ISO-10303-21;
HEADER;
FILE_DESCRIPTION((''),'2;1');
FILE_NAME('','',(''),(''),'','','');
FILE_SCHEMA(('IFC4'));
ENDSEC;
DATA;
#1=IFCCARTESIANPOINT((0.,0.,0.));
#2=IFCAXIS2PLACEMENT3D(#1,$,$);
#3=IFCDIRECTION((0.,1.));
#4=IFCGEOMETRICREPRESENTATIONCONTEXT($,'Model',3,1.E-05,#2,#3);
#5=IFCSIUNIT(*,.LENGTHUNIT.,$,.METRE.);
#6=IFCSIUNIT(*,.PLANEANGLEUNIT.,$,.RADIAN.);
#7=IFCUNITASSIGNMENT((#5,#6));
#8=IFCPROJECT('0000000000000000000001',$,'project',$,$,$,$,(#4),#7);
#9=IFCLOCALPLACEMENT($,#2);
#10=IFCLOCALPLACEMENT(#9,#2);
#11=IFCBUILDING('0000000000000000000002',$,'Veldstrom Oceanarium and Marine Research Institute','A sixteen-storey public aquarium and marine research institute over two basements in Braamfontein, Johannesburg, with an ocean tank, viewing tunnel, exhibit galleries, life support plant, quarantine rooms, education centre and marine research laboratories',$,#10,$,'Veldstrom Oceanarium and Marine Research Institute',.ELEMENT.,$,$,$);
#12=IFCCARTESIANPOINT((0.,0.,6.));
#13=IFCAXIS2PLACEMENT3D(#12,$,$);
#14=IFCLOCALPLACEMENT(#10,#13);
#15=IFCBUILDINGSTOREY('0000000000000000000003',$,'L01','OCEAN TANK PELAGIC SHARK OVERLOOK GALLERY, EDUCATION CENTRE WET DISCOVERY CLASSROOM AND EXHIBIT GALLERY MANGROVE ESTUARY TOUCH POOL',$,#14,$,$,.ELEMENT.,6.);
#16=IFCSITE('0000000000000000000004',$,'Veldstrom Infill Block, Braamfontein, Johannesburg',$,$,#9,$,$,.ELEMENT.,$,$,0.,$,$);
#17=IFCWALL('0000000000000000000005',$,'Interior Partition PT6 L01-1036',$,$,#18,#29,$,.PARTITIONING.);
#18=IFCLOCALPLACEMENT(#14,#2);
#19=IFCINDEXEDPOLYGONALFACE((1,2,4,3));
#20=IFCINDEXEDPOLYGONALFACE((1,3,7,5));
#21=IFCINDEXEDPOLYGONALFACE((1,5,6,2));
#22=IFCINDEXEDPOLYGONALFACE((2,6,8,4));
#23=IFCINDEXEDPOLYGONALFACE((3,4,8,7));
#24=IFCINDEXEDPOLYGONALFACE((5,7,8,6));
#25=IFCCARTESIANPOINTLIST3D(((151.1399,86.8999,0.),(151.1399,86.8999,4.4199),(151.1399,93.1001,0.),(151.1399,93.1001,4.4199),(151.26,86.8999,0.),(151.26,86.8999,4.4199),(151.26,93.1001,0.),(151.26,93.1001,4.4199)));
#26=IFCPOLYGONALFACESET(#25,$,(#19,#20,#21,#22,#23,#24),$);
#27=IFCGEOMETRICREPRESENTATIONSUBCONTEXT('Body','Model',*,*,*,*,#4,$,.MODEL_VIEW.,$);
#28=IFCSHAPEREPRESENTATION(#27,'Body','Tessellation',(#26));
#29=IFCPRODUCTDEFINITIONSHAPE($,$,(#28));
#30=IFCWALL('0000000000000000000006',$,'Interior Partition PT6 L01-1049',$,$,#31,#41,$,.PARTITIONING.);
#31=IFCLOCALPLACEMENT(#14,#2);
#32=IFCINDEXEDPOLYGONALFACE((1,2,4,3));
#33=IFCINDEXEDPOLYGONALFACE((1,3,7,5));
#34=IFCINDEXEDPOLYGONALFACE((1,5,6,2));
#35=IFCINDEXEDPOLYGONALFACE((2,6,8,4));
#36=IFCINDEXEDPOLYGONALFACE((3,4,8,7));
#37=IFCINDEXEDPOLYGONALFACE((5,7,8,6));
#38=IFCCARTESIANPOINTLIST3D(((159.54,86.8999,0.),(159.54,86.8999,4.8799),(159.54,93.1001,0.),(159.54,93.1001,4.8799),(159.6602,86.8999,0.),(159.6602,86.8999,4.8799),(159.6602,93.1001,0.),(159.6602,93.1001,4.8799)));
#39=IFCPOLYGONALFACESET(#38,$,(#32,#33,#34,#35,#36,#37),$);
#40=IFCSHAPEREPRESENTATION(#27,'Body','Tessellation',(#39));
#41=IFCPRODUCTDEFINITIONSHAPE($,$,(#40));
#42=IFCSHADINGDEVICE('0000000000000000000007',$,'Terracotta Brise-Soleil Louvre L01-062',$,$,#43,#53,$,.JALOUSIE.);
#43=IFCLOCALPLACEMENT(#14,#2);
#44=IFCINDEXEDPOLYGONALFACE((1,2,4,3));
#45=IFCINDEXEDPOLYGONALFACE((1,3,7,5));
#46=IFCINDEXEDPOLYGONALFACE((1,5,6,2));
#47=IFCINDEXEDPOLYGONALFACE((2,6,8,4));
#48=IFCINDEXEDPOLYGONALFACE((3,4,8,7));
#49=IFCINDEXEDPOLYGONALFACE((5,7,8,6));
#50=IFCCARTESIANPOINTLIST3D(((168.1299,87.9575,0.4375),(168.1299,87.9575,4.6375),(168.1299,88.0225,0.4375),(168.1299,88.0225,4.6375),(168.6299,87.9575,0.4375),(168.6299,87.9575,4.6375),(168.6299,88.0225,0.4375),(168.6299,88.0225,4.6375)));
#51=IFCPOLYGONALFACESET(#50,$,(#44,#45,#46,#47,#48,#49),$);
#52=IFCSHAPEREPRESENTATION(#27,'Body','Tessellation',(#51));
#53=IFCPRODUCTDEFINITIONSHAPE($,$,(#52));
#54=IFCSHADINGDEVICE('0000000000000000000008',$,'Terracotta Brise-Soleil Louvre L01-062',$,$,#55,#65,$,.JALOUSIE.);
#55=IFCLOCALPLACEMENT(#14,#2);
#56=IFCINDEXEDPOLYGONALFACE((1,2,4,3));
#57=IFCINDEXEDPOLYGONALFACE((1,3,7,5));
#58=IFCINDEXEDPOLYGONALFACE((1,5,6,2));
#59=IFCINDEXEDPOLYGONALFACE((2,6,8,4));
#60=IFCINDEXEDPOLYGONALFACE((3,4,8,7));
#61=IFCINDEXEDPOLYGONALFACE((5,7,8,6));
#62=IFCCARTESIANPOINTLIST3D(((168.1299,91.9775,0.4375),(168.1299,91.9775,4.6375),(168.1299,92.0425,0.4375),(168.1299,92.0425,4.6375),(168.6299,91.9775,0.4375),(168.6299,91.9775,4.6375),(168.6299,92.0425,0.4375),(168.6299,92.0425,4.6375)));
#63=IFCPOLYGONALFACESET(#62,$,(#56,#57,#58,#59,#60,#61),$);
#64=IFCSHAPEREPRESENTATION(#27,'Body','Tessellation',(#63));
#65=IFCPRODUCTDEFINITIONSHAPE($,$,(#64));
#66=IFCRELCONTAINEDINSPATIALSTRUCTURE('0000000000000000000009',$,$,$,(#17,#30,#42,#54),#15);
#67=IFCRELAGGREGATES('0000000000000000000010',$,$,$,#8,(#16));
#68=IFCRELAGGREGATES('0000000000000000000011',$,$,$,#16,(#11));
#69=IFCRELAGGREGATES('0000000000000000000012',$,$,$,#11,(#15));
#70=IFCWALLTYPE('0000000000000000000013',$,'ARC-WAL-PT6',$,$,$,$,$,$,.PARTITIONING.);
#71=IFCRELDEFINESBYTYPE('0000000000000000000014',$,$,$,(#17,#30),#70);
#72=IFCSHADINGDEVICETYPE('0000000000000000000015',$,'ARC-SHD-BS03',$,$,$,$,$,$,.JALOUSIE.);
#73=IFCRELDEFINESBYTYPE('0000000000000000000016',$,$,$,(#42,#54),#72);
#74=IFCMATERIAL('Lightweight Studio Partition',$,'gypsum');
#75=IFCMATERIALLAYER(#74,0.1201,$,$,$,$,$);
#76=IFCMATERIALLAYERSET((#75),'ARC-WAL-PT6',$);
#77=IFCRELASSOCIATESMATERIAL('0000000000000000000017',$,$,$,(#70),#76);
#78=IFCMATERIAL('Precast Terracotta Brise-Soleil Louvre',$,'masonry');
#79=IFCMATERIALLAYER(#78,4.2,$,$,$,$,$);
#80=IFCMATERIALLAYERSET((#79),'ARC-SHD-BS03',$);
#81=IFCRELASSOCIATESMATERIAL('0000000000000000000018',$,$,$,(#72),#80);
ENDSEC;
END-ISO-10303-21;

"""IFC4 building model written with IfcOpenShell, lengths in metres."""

from ifc_helpers import new_model, si_unit, direction, frame, frame_2d, origin, origin_2d, place, context, subcontext, project, spatial, rectangle, extrude, material, layer, layer_set, type_object, element, save


model = new_model("IFC4")

# Units and contexts
model_context = context("Model", 3, precision=1e-05, world=origin(), true_north=direction((0.0, 1.0)))
body_context = subcontext(model_context, "Body", "Model", "MODEL_VIEW")
ifc_project = project(units=[si_unit("LENGTHUNIT", "METRE"), si_unit("PLANEANGLEUNIT", "RADIAN")], contexts=[model_context])

# Site, building, storey
site_placement = place(None, origin())
site = spatial("IfcSite", under=ifc_project, at=site_placement, Name="Veldstrom Infill Block, Braamfontein, Johannesburg", CompositionType="ELEMENT", RefElevation=0.0)
building_placement = place(site_placement, origin())
building = spatial("IfcBuilding", under=site, at=building_placement, Name="Veldstrom Oceanarium and Marine Research Institute", Description="A sixteen-storey public aquarium and marine research institute over two basements in Braamfontein, Johannesburg, with an ocean tank, viewing tunnel, exhibit galleries, life support plant, quarantine rooms, education centre and marine research laboratories", LongName="Veldstrom Oceanarium and Marine Research Institute", CompositionType="ELEMENT")
storey_placement = place(building_placement, frame((0.0, 0.0, 6.0)))
storey = spatial("IfcBuildingStorey", under=building, at=storey_placement, Name="L01", Description="OCEAN TANK PELAGIC SHARK OVERLOOK GALLERY, EDUCATION CENTRE WET DISCOVERY CLASSROOM AND EXHIBIT GALLERY MANGROVE ESTUARY TOUCH POOL", CompositionType="ELEMENT", Elevation=6.0)

# Walls
ifc_material_1 = material(Name="Lightweight Studio Partition", Category="gypsum")
ifc_layer_1 = layer(ifc_material_1, 0.1201)
ifc_layer_set_1 = layer_set([ifc_layer_1], Name="ARC-WAL-PT6")
wall_type_1 = type_object("IfcWallType", Name="ARC-WAL-PT6", PredefinedType="PARTITIONING", material=ifc_layer_set_1)
wall_1_placement = place(storey_placement, frame((151.2, 86.8999, 0.0), z_axis=(0.0, 0.0, 1.0), x_axis=(0.0, 1.0, 0.0)))
element("IfcWall", 1, at=wall_1_placement, inside=storey, type_object=wall_type_1, Name="Interior Partition PT6 L01-1036", PredefinedType="PARTITIONING", context=body_context, shape_type="SweptSolid", body=[
    extrude(rectangle(XDim=6.2002, YDim=0.1201, at=frame_2d((3.1001, 0.0))), origin(), (0.0, 0.0, 1.0), 4.4199),
])
wall_2_placement = place(storey_placement, frame((159.6001, 86.8999, 0.0), z_axis=(0.0, 0.0, 1.0), x_axis=(0.0, 1.0, 0.0)))
element("IfcWall", 2, at=wall_2_placement, inside=storey, type_object=wall_type_1, Name="Interior Partition PT6 L01-1049", PredefinedType="PARTITIONING", context=body_context, shape_type="SweptSolid", body=[
    extrude(rectangle(XDim=6.2002, YDim=0.1201, at=frame_2d((3.1001, 0.0))), origin(), (0.0, 0.0, 1.0), 4.8799),
])

# Shading devices
ifc_material_2 = material(Name="Precast Terracotta Brise-Soleil Louvre", Category="masonry")
ifc_layer_2 = layer(ifc_material_2, 4.2)
ifc_layer_set_2 = layer_set([ifc_layer_2], Name="ARC-SHD-BS03")
shading_device_type = type_object("IfcShadingDeviceType", Name="ARC-SHD-BS03", PredefinedType="JALOUSIE", material=ifc_layer_set_2)
for number, where, z_axis, x_axis, name in (
    (3, (168.3799, 87.99, 0.4375), (0.0, 0.0, 1.0), (1.0, 0.0, 0.0), "Terracotta Brise-Soleil Louvre L01-062"),
    (4, (168.3799, 92.01, 0.4375), (0.0, 0.0, 1.0), (1.0, 0.0, 0.0), "Terracotta Brise-Soleil Louvre L01-062"),
):
    element("IfcShadingDevice", number, at=place(storey_placement, frame(where, z_axis=z_axis, x_axis=x_axis)), inside=storey, type_object=shading_device_type, Name=name, PredefinedType="JALOUSIE", context=body_context, shape_type="SweptSolid", body=[
        extrude(rectangle(XDim=0.5, YDim=0.0649, at=origin_2d()), origin(), (0.0, 0.0, 1.0), 4.2),
    ])

save(model, "model.ifc")
